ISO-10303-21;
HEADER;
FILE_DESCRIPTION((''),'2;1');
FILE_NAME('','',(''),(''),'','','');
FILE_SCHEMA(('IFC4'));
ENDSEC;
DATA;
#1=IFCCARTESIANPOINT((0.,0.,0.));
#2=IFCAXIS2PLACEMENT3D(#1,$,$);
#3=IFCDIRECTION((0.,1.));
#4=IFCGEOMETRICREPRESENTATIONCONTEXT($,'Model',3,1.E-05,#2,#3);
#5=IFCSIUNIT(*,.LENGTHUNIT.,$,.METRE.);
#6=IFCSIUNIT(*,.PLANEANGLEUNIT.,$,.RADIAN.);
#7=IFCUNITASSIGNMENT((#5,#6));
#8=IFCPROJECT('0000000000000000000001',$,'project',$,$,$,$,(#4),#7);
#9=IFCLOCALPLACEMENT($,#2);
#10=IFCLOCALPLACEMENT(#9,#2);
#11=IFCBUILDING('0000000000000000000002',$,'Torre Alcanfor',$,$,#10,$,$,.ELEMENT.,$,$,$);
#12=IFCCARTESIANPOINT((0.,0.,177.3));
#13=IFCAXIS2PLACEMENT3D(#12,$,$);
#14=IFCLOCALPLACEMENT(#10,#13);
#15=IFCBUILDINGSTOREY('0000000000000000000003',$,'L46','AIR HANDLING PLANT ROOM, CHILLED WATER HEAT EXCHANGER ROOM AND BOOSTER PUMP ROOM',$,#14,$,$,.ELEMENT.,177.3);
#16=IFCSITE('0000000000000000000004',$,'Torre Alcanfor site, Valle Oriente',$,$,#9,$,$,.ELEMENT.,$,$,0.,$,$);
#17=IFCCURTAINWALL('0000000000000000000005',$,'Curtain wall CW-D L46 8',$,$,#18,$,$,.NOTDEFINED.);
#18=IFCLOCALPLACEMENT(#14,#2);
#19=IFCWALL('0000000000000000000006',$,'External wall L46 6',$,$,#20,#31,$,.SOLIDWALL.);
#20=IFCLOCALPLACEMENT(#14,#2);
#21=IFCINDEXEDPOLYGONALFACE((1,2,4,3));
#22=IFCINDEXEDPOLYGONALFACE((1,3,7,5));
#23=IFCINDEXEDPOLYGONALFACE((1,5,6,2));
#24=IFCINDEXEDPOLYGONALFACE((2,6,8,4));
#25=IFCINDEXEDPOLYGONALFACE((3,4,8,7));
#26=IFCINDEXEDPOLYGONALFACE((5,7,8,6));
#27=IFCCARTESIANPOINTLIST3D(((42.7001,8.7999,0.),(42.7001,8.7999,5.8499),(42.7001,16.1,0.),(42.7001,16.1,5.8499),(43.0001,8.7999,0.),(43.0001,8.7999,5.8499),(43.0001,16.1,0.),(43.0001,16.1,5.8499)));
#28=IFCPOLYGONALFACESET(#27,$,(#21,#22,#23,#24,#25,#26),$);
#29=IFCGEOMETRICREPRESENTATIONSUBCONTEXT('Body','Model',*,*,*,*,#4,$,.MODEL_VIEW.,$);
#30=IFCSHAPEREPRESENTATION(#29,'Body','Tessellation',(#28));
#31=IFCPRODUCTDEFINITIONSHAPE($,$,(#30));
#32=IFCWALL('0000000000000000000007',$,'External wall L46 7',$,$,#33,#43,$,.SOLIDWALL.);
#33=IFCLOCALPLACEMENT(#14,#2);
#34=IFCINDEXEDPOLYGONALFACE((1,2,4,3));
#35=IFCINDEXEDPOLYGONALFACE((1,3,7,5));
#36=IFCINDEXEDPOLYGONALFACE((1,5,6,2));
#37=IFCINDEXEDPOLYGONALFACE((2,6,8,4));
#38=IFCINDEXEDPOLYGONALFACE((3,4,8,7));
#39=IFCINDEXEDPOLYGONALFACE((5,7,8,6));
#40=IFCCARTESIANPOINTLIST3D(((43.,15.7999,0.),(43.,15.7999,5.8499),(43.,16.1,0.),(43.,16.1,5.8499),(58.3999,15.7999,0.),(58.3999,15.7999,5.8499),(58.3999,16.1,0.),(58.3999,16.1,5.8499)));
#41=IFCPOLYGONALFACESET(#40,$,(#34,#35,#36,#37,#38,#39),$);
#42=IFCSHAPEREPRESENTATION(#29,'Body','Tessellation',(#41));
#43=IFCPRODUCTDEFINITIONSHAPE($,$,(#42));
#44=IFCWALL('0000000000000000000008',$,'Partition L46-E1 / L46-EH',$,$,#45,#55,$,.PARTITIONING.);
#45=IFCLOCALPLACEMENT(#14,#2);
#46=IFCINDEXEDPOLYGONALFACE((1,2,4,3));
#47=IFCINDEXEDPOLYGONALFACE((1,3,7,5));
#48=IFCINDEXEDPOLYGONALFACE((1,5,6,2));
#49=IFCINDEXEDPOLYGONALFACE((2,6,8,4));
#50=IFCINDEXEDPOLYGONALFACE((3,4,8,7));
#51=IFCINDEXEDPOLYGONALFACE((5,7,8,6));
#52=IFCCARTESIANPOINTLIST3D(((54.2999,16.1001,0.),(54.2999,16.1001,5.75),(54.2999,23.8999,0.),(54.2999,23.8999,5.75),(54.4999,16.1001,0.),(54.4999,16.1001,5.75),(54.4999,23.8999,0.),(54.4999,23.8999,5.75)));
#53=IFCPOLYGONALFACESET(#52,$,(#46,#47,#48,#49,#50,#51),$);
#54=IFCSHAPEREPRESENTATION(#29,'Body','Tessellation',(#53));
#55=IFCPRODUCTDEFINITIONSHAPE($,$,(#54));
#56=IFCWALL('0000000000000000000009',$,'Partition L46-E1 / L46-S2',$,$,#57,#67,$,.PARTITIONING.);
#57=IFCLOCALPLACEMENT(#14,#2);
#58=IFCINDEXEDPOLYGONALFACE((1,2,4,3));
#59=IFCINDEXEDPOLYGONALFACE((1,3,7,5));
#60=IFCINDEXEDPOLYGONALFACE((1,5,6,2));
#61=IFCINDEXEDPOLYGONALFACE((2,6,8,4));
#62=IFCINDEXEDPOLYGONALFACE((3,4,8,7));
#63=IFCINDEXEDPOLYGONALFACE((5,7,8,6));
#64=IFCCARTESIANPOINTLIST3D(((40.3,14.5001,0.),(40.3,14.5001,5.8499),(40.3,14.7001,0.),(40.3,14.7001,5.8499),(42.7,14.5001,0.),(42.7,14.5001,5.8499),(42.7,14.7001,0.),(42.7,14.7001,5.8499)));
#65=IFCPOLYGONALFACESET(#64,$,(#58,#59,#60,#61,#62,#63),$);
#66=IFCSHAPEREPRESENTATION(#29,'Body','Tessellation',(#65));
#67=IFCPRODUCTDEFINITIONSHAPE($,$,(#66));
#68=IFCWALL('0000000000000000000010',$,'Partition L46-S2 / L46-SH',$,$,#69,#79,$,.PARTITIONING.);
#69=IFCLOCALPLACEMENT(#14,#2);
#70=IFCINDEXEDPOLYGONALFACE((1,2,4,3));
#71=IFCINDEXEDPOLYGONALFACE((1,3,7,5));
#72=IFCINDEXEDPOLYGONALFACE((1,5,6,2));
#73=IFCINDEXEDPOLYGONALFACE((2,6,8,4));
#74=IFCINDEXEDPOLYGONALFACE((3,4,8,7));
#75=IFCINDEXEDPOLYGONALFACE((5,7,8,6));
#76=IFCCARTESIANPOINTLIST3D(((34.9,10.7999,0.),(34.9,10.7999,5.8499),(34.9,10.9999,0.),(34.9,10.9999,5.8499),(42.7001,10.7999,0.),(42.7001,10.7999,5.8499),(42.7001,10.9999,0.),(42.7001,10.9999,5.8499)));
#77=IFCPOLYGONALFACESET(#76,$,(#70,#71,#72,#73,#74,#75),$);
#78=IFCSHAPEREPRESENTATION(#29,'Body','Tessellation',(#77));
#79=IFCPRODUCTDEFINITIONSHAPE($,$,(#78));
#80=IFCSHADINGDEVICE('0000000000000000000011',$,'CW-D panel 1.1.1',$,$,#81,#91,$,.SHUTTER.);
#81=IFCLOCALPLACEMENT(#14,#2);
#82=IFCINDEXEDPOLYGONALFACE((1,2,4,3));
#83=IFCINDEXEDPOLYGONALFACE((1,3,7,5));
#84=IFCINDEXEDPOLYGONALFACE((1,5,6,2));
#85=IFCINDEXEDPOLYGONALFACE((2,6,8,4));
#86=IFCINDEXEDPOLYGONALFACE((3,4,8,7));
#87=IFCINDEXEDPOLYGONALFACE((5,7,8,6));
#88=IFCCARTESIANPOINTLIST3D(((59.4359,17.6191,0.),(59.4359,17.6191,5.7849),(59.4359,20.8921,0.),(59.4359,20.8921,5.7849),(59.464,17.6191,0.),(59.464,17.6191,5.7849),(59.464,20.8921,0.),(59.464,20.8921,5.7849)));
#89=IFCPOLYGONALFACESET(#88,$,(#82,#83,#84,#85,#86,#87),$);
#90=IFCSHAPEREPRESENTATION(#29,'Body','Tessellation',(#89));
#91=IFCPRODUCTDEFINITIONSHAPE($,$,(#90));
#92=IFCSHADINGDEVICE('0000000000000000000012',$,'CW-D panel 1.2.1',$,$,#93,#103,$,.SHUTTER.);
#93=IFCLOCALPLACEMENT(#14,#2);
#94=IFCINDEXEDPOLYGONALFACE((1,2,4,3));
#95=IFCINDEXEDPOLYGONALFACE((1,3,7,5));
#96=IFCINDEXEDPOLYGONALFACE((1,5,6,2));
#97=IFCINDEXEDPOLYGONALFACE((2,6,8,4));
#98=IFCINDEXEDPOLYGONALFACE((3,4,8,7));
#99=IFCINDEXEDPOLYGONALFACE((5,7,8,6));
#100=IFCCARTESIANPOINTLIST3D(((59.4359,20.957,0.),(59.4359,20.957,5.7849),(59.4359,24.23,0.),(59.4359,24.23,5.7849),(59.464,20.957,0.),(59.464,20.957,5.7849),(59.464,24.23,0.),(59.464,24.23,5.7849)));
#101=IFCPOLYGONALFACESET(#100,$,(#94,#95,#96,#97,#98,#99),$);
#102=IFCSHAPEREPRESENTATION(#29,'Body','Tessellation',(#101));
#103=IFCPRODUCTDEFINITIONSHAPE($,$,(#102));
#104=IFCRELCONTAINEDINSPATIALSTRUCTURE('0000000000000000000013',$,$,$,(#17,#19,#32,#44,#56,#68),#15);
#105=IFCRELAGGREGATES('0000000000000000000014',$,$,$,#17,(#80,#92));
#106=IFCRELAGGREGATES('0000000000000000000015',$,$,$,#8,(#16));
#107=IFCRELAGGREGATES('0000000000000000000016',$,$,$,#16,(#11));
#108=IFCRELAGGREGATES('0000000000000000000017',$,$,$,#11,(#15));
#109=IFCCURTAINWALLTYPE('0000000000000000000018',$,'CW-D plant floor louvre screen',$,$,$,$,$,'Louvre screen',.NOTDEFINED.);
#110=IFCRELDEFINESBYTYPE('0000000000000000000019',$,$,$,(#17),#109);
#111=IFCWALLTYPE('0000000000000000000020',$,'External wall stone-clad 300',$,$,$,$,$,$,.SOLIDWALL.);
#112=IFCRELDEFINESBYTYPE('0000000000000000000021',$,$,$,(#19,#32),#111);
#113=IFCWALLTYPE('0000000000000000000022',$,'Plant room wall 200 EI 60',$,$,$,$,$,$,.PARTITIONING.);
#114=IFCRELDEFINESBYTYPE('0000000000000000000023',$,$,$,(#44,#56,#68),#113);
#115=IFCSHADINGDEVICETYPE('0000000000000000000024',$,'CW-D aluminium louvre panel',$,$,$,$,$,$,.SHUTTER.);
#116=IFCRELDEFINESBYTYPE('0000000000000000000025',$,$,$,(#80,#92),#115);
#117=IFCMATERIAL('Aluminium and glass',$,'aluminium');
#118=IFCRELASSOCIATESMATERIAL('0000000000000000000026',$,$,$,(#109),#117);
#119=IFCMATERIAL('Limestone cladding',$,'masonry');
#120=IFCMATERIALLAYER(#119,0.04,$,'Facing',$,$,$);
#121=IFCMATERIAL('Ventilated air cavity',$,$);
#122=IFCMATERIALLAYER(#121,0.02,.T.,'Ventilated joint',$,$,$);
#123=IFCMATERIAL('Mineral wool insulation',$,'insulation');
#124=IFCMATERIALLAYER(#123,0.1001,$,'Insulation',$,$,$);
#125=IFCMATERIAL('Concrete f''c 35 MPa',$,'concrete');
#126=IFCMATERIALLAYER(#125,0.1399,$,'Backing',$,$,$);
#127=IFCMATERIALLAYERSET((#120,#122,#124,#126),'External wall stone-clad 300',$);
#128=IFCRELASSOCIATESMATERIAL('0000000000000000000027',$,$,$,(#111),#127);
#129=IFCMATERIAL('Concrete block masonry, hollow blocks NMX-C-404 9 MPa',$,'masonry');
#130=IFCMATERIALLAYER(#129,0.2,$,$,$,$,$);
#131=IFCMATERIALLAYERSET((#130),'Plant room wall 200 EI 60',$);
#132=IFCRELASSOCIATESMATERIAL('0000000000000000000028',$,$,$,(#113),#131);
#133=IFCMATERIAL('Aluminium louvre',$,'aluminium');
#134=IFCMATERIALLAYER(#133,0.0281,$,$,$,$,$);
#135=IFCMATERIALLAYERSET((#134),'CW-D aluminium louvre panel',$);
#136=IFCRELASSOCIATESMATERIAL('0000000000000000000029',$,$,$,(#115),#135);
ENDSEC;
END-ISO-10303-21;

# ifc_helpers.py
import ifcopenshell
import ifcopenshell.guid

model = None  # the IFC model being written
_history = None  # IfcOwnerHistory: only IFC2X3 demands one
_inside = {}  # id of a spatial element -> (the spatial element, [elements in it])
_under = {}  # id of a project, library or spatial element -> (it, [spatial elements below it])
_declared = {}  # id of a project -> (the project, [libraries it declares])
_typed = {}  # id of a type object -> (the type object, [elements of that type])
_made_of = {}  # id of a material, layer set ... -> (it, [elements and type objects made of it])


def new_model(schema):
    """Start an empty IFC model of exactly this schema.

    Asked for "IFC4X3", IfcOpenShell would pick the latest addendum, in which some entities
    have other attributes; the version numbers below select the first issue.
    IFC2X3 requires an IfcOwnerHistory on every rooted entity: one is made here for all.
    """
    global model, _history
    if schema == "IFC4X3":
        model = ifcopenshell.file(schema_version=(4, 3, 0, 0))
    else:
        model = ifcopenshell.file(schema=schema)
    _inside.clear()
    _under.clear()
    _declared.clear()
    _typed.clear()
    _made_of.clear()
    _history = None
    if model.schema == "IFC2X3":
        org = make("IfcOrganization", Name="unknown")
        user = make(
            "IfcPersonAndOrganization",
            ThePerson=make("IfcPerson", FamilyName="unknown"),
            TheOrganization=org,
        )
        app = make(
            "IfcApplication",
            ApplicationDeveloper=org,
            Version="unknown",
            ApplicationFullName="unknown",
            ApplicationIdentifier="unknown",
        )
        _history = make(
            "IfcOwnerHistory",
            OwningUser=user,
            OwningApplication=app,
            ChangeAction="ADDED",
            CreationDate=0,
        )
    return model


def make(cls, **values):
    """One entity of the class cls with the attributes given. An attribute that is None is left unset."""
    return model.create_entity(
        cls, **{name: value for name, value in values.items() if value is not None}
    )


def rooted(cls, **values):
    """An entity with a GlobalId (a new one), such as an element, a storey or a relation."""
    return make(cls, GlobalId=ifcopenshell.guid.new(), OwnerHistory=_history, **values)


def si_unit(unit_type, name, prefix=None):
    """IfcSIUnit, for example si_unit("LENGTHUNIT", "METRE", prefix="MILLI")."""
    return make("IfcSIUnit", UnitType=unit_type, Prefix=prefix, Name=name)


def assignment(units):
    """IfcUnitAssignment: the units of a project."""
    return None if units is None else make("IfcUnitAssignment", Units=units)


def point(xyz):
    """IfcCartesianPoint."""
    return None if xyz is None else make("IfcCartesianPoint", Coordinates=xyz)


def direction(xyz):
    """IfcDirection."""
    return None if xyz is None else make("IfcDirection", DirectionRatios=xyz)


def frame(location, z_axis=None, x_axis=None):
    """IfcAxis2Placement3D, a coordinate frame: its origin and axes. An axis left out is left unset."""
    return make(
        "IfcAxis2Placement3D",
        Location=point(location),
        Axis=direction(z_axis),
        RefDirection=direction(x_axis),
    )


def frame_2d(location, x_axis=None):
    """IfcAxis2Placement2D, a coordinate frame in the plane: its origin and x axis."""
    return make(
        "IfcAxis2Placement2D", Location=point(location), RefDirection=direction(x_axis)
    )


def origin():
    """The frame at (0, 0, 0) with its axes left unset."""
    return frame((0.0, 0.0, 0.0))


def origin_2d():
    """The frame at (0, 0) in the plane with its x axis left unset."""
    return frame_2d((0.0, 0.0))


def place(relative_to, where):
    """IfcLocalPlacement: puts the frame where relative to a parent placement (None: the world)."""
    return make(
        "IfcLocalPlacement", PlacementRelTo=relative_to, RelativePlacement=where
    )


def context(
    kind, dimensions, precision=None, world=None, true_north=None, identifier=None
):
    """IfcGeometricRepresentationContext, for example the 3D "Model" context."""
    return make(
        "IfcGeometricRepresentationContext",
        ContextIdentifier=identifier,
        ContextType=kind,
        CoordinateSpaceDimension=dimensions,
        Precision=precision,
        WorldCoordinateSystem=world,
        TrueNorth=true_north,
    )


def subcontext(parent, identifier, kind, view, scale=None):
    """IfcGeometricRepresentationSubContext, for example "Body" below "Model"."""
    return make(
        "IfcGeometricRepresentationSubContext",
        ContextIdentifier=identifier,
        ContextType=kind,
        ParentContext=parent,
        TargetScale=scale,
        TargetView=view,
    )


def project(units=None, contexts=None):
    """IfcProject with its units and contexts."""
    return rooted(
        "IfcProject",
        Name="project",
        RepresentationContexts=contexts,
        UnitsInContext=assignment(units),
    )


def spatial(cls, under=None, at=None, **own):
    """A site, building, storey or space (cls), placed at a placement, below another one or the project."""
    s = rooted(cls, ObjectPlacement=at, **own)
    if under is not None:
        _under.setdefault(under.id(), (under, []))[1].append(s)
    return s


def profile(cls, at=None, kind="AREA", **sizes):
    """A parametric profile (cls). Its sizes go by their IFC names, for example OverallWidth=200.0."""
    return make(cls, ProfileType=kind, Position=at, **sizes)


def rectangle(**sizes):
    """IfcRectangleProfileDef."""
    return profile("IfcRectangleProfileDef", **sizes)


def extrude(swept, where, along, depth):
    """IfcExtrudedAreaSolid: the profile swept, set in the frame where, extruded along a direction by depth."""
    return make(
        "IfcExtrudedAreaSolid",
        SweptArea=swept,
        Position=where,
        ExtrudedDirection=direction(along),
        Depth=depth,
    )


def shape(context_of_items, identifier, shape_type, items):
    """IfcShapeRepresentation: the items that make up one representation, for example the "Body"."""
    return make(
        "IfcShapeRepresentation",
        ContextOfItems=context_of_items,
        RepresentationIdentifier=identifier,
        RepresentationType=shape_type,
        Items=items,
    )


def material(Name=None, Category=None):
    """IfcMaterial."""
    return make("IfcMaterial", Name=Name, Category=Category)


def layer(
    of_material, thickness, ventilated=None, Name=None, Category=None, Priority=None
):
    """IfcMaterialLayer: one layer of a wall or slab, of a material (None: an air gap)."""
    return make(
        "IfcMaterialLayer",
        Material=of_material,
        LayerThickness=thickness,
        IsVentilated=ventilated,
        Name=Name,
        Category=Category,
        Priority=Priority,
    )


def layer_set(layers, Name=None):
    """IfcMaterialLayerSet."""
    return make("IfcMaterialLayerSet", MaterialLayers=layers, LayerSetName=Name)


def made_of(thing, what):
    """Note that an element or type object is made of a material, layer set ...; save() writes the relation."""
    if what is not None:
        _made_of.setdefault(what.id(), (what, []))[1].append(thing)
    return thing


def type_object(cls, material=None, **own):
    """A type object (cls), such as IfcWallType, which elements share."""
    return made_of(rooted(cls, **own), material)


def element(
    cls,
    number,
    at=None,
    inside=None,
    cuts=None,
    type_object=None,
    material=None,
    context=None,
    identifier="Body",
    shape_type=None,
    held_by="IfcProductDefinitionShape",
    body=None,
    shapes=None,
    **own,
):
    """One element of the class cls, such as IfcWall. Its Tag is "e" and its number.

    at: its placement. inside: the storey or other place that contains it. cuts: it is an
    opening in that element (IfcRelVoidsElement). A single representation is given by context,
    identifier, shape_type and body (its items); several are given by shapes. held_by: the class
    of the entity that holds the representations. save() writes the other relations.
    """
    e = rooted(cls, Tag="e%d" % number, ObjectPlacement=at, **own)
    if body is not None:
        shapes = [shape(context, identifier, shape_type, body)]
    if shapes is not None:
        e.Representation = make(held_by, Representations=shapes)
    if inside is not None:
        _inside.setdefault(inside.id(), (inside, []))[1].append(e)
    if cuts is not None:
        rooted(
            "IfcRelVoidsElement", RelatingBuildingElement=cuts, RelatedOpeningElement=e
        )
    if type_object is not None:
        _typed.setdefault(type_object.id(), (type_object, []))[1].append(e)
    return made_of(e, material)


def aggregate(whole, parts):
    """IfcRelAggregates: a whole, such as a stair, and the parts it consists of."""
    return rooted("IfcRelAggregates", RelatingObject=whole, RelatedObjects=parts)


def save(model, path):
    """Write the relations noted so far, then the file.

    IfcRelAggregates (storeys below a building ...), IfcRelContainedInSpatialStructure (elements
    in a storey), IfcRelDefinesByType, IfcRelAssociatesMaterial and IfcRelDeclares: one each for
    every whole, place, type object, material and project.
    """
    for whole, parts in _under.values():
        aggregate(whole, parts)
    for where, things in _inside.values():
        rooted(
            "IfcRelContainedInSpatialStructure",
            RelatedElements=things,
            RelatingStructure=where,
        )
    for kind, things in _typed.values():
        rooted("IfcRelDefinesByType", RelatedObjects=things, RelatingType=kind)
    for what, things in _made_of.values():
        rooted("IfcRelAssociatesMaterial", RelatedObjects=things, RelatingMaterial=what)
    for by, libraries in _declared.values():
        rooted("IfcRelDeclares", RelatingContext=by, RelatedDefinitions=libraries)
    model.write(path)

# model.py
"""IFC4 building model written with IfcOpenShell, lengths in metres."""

from ifc_helpers import new_model, si_unit, direction, frame, frame_2d, origin, origin_2d, place, context, subcontext, project, spatial, rectangle, extrude, material, layer, layer_set, type_object, element, aggregate, save


model = new_model("IFC4")

# Units and contexts
model_context = context("Model", 3, precision=1e-05, world=origin(), true_north=direction((0.0, 1.0)))
body_context = subcontext(model_context, "Body", "Model", "MODEL_VIEW")
ifc_project = project(units=[si_unit("LENGTHUNIT", "METRE"), si_unit("PLANEANGLEUNIT", "RADIAN")], contexts=[model_context])

# Site, building, storey
site_placement = place(None, origin())
site = spatial("IfcSite", under=ifc_project, at=site_placement, Name="Torre Alcanfor site, Valle Oriente", CompositionType="ELEMENT", RefElevation=0.0)
building_placement = place(site_placement, origin())
building = spatial("IfcBuilding", under=site, at=building_placement, Name="Torre Alcanfor", CompositionType="ELEMENT")
storey_placement = place(building_placement, frame((0.0, 0.0, 177.3)))
storey = spatial("IfcBuildingStorey", under=building, at=storey_placement, Name="L46", Description="AIR HANDLING PLANT ROOM, CHILLED WATER HEAT EXCHANGER ROOM AND BOOSTER PUMP ROOM", CompositionType="ELEMENT", Elevation=177.3)

# Curtain wall
ifc_material_1 = material(Name="Aluminium and glass", Category="aluminium")
curtain_wall_type = type_object("IfcCurtainWallType", Name="CW-D plant floor louvre screen", ElementType="Louvre screen", PredefinedType="NOTDEFINED", material=ifc_material_1)
curtain_wall_placement = place(storey_placement, origin())
curtain_wall = element("IfcCurtainWall", 1, at=curtain_wall_placement, inside=storey, type_object=curtain_wall_type, Name="Curtain wall CW-D L46 8", PredefinedType="NOTDEFINED")

# Walls
ifc_material_2 = material(Name="Limestone cladding", Category="masonry")
ifc_layer_1 = layer(ifc_material_2, 0.04, Name="Facing")
ifc_material_3 = material(Name="Ventilated air cavity")
ifc_layer_2 = layer(ifc_material_3, 0.02, ventilated=True, Name="Ventilated joint")
ifc_material_4 = material(Name="Mineral wool insulation", Category="insulation")
ifc_layer_3 = layer(ifc_material_4, 0.1001, Name="Insulation")
ifc_material_5 = material(Name="Concrete f'c 35 MPa", Category="concrete")
ifc_layer_4 = layer(ifc_material_5, 0.1399, Name="Backing")
ifc_layer_set_1 = layer_set([ifc_layer_1, ifc_layer_2, ifc_layer_3, ifc_layer_4], Name="External wall stone-clad 300")
wall_type_1 = type_object("IfcWallType", Name="External wall stone-clad 300", PredefinedType="SOLIDWALL", material=ifc_layer_set_1)
wall_1_placement = place(storey_placement, frame((42.8501, 8.8, 0.0), z_axis=(0.0, 0.0, 1.0), x_axis=(0.0, 1.0, 0.0)))
element("IfcWall", 2, at=wall_1_placement, inside=storey, type_object=wall_type_1, Name="External wall L46 6", PredefinedType="SOLIDWALL", context=body_context, shape_type="SweptSolid", body=[
    extrude(rectangle(XDim=7.3, YDim=0.3, at=frame_2d((3.6499, 0.0))), origin(), (0.0, 0.0, 1.0), 5.8499),
])
wall_2_placement = place(storey_placement, frame((43.0, 15.95, 0.0), z_axis=(0.0, 0.0, 1.0), x_axis=(1.0, 0.0, 0.0)))
element("IfcWall", 3, at=wall_2_placement, inside=storey, type_object=wall_type_1, Name="External wall L46 7", PredefinedType="SOLIDWALL", context=body_context, shape_type="SweptSolid", body=[
    extrude(rectangle(XDim=15.3999, YDim=0.3, at=frame_2d((7.7, 0.0))), origin(), (0.0, 0.0, 1.0), 5.8499),
])
ifc_material_6 = material(Name="Concrete block masonry, hollow blocks NMX-C-404 9 MPa", Category="masonry")
ifc_layer_5 = layer(ifc_material_6, 0.2)
ifc_layer_set_2 = layer_set([ifc_layer_5], Name="Plant room wall 200 EI 60")
wall_type_2 = type_object("IfcWallType", Name="Plant room wall 200 EI 60", PredefinedType="PARTITIONING", material=ifc_layer_set_2)
wall_3_placement = place(storey_placement, frame((54.3999, 23.8999, 0.0), z_axis=(0.0, 0.0, 1.0), x_axis=(0.0, -1.0, 0.0)))
element("IfcWall", 4, at=wall_3_placement, inside=storey, type_object=wall_type_2, Name="Partition L46-E1 / L46-EH", PredefinedType="PARTITIONING", context=body_context, shape_type="SweptSolid", body=[
    extrude(rectangle(XDim=7.7998, YDim=0.2, at=frame_2d((3.8999, 0.0))), origin(), (0.0, 0.0, 1.0), 5.75),
])
wall_4_placement = place(storey_placement, frame((42.7, 14.6001, 0.0), z_axis=(0.0, 0.0, 1.0), x_axis=(-1.0, 0.0, 0.0)))
element("IfcWall", 5, at=wall_4_placement, inside=storey, type_object=wall_type_2, Name="Partition L46-E1 / L46-S2", PredefinedType="PARTITIONING", context=body_context, shape_type="SweptSolid", body=[
    extrude(rectangle(XDim=2.3999, YDim=0.2, at=frame_2d((1.2, 0.0))), origin(), (0.0, 0.0, 1.0), 5.8499),
])
wall_5_placement = place(storey_placement, frame((42.7, 10.8999, 0.0), z_axis=(0.0, 0.0, 1.0), x_axis=(-1.0, 0.0, 0.0)))
element("IfcWall", 6, at=wall_5_placement, inside=storey, type_object=wall_type_2, Name="Partition L46-S2 / L46-SH", PredefinedType="PARTITIONING", context=body_context, shape_type="SweptSolid", body=[
    extrude(rectangle(XDim=7.8, YDim=0.2, at=frame_2d((3.8999, 0.0))), origin(), (0.0, 0.0, 1.0), 5.8499),
])

# Shading devices
ifc_material_7 = material(Name="Aluminium louvre", Category="aluminium")
ifc_layer_6 = layer(ifc_material_7, 0.0281)
ifc_layer_set_3 = layer_set([ifc_layer_6], Name="CW-D aluminium louvre panel")
shading_device_type = type_object("IfcShadingDeviceType", Name="CW-D aluminium louvre panel", PredefinedType="SHUTTER", material=ifc_layer_set_3)
shading_device_1_placement = place(storey_placement, frame((59.45, 19.2556, 0.0), z_axis=(0.0, 0.0, 1.0), x_axis=(0.0, 1.0, 0.0)))
shading_device_1 = element("IfcShadingDevice", 7, at=shading_device_1_placement, type_object=shading_device_type, Name="CW-D panel 1.1.1", PredefinedType="SHUTTER", context=body_context, shape_type="SweptSolid", body=[
    extrude(rectangle(XDim=3.2729, YDim=0.0281, at=origin_2d()), origin(), (0.0, 0.0, 1.0), 5.7849),
])
shading_device_2_placement = place(storey_placement, frame((59.45, 22.5935, 0.0), z_axis=(0.0, 0.0, 1.0), x_axis=(0.0, 1.0, 0.0)))
shading_device_2 = element("IfcShadingDevice", 8, at=shading_device_2_placement, type_object=shading_device_type, Name="CW-D panel 1.2.1", PredefinedType="SHUTTER", context=body_context, shape_type="SweptSolid", body=[
    extrude(rectangle(XDim=3.2729, YDim=0.0281, at=origin_2d()), origin(), (0.0, 0.0, 1.0), 5.7849),
])
aggregate(curtain_wall, [shading_device_1, shading_device_2])

save(model, "model.ifc")
